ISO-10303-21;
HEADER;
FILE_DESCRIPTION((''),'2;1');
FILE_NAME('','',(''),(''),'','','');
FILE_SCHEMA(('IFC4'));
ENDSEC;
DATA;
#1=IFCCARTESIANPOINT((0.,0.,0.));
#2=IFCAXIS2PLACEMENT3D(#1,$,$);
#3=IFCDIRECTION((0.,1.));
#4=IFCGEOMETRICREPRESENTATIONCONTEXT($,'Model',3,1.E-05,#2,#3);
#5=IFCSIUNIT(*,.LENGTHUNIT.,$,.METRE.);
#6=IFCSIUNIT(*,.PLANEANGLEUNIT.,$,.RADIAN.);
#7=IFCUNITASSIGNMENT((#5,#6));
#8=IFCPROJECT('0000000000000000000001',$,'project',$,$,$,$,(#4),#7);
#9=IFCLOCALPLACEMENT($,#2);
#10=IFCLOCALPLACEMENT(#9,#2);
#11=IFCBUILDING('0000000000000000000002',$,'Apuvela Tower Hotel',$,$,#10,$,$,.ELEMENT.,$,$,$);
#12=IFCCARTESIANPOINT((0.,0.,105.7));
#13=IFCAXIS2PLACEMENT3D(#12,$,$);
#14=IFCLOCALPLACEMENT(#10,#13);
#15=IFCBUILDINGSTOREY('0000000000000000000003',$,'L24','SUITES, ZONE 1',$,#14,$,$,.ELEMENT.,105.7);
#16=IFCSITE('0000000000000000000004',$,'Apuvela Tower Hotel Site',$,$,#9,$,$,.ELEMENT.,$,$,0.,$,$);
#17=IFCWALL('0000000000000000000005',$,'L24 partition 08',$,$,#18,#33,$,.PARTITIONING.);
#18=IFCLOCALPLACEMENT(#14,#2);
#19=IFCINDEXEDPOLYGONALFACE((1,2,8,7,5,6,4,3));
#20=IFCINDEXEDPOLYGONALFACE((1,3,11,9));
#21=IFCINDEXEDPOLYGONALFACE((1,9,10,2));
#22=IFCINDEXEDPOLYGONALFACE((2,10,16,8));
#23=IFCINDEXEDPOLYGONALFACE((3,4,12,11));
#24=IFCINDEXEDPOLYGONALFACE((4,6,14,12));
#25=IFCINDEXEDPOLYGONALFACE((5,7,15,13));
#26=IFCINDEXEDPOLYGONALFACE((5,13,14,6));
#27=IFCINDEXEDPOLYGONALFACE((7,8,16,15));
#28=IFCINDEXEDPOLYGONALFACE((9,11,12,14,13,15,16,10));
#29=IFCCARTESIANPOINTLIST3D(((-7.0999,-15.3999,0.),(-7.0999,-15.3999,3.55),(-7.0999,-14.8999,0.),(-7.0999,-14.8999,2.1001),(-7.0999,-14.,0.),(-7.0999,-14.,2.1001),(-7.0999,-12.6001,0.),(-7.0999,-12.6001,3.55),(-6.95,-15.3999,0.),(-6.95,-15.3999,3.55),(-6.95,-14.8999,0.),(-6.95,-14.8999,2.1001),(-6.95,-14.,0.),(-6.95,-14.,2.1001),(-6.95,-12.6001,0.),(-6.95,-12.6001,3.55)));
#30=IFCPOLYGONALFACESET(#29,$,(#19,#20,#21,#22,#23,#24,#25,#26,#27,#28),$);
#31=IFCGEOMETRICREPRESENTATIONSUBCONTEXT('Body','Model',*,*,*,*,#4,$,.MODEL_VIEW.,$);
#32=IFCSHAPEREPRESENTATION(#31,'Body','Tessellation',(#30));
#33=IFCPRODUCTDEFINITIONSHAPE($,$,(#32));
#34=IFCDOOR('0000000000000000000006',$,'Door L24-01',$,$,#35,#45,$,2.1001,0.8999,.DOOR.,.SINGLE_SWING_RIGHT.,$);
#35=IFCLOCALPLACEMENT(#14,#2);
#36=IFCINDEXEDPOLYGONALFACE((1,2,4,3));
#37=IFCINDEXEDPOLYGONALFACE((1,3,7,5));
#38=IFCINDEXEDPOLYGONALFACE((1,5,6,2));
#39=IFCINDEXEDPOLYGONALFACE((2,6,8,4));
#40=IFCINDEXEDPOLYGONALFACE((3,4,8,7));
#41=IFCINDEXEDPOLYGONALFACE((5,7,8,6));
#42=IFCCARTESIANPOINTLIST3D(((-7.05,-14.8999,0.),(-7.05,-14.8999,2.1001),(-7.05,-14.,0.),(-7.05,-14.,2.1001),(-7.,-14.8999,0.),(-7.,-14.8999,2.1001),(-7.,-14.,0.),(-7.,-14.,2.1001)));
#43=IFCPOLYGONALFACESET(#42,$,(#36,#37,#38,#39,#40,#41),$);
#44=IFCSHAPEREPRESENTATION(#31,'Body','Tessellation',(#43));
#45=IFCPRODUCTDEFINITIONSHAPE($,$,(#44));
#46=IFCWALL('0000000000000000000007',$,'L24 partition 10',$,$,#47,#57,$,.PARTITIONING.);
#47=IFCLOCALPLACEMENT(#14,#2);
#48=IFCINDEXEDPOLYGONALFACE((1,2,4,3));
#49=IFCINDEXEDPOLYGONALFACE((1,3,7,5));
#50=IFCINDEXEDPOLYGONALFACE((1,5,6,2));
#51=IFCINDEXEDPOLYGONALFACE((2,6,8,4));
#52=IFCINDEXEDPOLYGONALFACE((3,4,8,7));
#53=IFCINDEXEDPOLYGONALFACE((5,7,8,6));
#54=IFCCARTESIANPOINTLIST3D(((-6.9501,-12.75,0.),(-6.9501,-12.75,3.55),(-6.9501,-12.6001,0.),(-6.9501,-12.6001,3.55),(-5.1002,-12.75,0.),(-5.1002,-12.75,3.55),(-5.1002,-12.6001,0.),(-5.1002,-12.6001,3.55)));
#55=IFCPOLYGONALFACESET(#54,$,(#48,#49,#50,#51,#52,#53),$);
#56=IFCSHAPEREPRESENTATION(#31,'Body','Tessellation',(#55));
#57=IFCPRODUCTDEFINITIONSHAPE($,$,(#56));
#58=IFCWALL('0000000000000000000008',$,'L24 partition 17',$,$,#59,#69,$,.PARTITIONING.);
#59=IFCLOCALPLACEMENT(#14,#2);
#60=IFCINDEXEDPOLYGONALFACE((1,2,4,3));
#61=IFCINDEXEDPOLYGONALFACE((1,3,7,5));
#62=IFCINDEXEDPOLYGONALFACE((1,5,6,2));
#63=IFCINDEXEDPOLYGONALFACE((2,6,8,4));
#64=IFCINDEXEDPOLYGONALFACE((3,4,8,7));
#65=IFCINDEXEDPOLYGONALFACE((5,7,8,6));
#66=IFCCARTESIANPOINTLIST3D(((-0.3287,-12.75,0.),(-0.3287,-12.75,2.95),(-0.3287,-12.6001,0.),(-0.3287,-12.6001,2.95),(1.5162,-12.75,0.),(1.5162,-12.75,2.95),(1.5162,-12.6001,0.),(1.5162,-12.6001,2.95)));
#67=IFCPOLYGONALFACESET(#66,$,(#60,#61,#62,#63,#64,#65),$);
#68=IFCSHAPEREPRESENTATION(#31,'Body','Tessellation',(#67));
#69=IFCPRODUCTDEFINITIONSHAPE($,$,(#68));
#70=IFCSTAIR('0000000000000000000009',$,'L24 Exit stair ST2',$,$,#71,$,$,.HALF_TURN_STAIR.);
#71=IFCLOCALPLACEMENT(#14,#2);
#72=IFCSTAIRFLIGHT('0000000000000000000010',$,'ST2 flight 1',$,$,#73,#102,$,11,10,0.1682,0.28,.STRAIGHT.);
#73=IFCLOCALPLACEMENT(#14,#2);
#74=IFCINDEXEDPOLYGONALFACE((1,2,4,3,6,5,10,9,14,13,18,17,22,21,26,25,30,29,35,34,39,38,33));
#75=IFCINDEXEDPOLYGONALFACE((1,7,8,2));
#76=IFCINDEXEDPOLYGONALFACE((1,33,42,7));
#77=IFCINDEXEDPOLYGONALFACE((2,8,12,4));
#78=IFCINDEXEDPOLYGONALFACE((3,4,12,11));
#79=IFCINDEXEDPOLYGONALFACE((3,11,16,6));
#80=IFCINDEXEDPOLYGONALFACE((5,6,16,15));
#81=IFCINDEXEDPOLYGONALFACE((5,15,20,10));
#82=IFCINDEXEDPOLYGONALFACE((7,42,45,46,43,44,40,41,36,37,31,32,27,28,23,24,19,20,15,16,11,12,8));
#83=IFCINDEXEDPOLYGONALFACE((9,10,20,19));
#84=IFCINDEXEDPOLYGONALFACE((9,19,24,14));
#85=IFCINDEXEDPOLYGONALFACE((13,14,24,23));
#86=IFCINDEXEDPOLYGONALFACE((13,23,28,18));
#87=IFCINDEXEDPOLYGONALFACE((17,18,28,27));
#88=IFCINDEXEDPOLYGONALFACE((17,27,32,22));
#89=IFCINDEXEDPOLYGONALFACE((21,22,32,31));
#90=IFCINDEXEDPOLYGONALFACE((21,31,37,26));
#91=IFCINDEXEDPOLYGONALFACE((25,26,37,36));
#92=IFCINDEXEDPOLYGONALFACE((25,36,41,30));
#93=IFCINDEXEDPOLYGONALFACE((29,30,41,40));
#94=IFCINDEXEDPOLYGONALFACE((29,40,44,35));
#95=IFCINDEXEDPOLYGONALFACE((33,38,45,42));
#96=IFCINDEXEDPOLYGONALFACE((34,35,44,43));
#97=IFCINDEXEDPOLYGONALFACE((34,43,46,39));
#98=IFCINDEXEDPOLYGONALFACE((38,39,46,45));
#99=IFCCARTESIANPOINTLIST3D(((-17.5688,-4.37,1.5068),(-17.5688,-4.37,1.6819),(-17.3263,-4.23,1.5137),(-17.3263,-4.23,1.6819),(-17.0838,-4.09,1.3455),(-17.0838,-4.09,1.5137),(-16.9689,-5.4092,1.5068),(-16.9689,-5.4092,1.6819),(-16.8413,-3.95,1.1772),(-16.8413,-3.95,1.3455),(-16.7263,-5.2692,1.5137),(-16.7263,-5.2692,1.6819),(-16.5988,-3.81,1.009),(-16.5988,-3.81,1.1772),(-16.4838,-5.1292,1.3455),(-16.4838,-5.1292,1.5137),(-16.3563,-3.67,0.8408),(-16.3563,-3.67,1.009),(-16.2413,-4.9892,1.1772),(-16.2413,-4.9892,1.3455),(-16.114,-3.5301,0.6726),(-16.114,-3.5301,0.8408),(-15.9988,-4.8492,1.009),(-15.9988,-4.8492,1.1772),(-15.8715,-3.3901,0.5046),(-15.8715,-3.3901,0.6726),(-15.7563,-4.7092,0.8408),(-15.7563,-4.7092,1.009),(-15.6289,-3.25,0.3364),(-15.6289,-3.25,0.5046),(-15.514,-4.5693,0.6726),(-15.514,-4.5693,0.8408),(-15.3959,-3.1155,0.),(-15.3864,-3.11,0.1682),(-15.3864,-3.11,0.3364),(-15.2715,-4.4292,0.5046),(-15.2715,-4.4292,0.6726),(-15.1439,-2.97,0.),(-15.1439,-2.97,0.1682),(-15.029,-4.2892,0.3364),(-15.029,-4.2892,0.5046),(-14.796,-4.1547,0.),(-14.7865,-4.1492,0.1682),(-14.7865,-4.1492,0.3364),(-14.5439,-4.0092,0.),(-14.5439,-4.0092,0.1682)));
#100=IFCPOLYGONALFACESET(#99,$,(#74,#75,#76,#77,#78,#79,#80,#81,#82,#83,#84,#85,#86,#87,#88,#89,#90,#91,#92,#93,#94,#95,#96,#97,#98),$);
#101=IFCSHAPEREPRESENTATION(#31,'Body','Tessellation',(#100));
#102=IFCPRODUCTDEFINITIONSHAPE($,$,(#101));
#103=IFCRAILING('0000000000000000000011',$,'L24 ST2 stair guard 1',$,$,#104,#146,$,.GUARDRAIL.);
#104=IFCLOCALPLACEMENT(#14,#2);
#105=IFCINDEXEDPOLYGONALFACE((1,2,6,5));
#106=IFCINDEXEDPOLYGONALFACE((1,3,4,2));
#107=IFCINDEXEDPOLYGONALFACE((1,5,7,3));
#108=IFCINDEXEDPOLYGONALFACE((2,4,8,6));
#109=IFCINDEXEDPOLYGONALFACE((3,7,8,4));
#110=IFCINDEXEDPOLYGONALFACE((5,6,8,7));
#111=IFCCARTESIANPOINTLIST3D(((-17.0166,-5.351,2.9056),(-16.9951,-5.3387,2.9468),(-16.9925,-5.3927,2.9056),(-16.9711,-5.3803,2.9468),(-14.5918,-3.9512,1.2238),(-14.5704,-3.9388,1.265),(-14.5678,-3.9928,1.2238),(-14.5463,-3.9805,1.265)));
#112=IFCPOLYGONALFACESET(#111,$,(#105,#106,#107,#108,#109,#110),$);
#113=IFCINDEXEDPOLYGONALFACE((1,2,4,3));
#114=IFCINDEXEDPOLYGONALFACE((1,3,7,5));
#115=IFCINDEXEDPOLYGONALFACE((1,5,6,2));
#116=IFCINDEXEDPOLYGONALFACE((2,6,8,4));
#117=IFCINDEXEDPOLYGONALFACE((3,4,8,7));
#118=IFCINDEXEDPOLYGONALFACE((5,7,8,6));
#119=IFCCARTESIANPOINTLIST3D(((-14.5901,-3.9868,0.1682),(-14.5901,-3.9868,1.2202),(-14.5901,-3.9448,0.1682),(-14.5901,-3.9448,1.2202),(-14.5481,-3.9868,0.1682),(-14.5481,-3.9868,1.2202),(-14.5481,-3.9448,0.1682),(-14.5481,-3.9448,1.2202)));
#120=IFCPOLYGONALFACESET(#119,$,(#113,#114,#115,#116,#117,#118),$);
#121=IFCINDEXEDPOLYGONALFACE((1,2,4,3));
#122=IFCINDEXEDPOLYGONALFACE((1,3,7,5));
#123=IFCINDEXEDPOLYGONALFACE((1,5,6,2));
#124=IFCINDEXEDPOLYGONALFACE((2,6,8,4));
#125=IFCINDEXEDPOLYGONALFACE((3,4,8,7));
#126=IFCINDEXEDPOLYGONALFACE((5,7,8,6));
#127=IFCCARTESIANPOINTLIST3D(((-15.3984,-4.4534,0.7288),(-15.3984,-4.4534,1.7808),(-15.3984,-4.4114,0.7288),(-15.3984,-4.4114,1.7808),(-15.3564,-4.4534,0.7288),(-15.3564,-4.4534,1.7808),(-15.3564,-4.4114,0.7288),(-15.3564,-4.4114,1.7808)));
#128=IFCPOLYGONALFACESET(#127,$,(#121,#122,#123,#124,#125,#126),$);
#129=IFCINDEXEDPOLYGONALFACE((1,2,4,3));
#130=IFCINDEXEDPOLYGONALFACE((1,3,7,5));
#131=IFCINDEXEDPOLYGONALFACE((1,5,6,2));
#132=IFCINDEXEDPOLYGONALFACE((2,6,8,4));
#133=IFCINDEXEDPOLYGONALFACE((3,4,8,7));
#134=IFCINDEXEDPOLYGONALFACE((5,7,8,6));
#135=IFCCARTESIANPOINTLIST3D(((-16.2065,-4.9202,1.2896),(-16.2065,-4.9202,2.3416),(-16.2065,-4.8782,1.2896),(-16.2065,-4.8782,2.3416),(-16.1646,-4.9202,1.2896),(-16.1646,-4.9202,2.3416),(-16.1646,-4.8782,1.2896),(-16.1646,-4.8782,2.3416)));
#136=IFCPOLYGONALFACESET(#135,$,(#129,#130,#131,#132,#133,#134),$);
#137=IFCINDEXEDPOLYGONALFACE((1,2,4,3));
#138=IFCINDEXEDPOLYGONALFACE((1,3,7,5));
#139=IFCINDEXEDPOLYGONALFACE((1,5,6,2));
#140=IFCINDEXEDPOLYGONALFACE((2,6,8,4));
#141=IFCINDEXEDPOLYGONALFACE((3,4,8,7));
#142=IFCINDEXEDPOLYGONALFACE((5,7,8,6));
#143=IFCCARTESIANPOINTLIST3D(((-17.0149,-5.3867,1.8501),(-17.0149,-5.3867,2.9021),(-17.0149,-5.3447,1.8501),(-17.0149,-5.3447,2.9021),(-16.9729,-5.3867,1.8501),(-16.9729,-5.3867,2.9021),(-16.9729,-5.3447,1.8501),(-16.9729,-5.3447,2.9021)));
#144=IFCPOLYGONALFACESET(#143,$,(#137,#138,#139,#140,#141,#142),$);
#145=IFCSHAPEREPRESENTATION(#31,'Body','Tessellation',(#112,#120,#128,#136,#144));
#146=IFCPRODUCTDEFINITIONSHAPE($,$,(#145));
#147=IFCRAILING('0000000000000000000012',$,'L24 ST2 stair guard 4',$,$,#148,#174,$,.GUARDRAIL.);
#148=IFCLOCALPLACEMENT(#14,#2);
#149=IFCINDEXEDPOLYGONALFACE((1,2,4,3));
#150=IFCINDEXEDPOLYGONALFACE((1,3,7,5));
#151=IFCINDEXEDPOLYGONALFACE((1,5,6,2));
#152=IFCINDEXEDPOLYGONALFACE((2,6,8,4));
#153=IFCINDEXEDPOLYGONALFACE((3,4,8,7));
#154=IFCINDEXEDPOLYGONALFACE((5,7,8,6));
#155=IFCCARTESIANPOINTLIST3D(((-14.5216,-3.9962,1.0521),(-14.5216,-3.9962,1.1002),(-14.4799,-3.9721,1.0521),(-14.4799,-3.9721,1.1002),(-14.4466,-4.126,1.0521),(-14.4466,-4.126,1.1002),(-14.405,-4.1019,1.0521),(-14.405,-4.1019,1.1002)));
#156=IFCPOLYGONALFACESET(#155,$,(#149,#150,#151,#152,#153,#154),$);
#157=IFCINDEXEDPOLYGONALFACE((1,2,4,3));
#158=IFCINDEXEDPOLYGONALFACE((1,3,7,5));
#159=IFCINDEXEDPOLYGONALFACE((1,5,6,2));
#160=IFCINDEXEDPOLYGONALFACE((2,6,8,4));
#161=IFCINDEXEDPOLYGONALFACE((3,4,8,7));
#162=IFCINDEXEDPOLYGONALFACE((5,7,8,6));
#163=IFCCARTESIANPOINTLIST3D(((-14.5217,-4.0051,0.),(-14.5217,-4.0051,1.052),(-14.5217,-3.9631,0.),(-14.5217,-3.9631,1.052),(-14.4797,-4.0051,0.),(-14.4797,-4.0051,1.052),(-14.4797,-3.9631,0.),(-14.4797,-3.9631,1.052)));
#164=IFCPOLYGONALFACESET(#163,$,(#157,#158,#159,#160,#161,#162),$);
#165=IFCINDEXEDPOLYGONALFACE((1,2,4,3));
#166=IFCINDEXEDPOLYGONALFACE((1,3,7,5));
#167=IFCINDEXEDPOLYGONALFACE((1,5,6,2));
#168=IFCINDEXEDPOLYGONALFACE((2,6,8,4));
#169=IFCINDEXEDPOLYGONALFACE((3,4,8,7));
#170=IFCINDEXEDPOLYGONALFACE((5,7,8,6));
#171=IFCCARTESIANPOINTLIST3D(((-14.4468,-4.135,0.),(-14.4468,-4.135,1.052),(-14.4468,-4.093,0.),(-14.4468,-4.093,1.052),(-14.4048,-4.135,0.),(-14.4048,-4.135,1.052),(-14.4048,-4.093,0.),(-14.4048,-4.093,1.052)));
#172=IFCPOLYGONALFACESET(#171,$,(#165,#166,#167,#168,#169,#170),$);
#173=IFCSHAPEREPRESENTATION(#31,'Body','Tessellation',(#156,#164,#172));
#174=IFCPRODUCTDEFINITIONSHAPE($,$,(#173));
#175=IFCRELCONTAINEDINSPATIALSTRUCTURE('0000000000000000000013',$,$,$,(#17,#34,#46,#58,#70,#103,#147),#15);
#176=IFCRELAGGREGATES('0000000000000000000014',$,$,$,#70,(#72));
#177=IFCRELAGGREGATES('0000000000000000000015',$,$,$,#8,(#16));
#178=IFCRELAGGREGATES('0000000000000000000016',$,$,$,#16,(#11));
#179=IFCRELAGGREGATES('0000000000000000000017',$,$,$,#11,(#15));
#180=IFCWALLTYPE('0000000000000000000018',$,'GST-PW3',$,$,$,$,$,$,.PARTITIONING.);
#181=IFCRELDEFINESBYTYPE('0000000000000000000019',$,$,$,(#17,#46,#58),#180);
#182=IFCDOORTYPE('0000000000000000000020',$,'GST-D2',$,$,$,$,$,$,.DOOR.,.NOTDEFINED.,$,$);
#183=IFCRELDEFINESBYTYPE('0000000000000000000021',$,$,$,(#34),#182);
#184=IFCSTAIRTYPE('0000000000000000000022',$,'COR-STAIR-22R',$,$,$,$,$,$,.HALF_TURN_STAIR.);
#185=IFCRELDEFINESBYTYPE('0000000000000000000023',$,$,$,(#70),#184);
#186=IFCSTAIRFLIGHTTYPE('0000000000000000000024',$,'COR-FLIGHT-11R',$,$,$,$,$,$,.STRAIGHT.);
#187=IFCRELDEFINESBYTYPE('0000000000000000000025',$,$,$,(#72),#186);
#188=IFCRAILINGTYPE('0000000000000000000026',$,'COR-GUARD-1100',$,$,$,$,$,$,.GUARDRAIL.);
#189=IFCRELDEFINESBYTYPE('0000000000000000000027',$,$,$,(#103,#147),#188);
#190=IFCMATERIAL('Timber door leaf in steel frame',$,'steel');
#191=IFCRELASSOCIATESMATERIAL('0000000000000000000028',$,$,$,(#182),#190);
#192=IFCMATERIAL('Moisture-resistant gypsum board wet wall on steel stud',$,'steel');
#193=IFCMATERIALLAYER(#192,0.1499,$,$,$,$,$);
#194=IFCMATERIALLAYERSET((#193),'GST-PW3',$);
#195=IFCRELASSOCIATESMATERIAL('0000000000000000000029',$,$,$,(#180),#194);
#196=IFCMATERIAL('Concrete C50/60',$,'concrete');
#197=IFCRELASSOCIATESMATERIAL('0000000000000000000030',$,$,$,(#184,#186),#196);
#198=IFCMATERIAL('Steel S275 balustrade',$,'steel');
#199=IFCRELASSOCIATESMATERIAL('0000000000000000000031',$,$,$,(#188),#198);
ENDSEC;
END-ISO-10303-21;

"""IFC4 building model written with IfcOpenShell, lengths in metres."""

from ifc_helpers import new_model, si_unit, direction, frame, frame_2d, origin, origin_2d, place, context, subcontext, project, spatial, polyline, rectangle, outline, extrude, material, layer, layer_set, type_object, element, fill, aggregate, save


model = new_model("IFC4")

# Units and contexts
model_context = context("Model", 3, precision=1e-05, world=origin(), true_north=direction((0.0, 1.0)))
body_context = subcontext(model_context, "Body", "Model", "MODEL_VIEW")
ifc_project = project(units=[si_unit("LENGTHUNIT", "METRE"), si_unit("PLANEANGLEUNIT", "RADIAN")], contexts=[model_context])

# Site, building, storey
site_placement = place(None, origin())
site = spatial("IfcSite", under=ifc_project, at=site_placement, Name="Apuvela Tower Hotel Site", CompositionType="ELEMENT", RefElevation=0.0)
building_placement = place(site_placement, origin())
building = spatial("IfcBuilding", under=site, at=building_placement, Name="Apuvela Tower Hotel", CompositionType="ELEMENT")
storey_placement = place(building_placement, frame((0.0, 0.0, 105.7)))
storey = spatial("IfcBuildingStorey", under=building, at=storey_placement, Name="L24", Description="SUITES, ZONE 1", CompositionType="ELEMENT", Elevation=105.7)

# Shared definitions
ifc_material_1 = material(Name="Concrete C50/60", Category="concrete")

# Wall, opening, door
ifc_material_2 = material(Name="Timber door leaf in steel frame", Category="steel")
door_type_1 = type_object("IfcDoorType", Name="GST-D2", OperationType="NOTDEFINED", PredefinedType="DOOR", material=ifc_material_2)
ifc_material_3 = material(Name="Moisture-resistant gypsum board wet wall on steel stud", Category="steel")
ifc_layer_1 = layer(ifc_material_3, 0.1499)
ifc_layer_set_1 = layer_set([ifc_layer_1], Name="GST-PW3")
wall_type_1 = type_object("IfcWallType", Name="GST-PW3", PredefinedType="PARTITIONING", material=ifc_layer_set_1)
wall_1_placement = place(storey_placement, frame((-7.0249, -12.6001, 0.0), z_axis=(0.0, 0.0, 1.0), x_axis=(0.0, -1.0, 0.0)))
wall_1 = element("IfcWall", 1, at=wall_1_placement, inside=storey, type_object=wall_type_1, Name="L24 partition 08", PredefinedType="PARTITIONING", context=body_context, shape_type="SweptSolid", body=[
    extrude(rectangle(XDim=2.7998, YDim=0.1499, at=frame_2d((1.3999, 0.0))), origin(), (0.0, 0.0, 1.0), 3.55),
])
opening_1_placement = place(wall_1_placement, frame((1.3999, 0.0, 0.0)))
opening_1 = element("IfcOpeningElement", 2, at=opening_1_placement, cuts=wall_1, PredefinedType="OPENING", context=body_context, shape_type="SweptSolid", body=[
    extrude(rectangle(XDim=0.8999, YDim=2.1001, at=frame_2d((0.45, 1.05))), frame((0.0, 0.085, 0.0), z_axis=(0.0, -1.0, 0.0), x_axis=(1.0, 0.0, 0.0)), (0.0, 0.0, 1.0), 0.1699),
])
door_1_placement = place(opening_1_placement, origin())
door_1 = element("IfcDoor", 3, at=door_1_placement, inside=storey, type_object=door_type_1, Name="Door L24-01", OperationType="SINGLE_SWING_RIGHT", OverallHeight=2.1001, OverallWidth=0.8999, PredefinedType="DOOR", context=body_context, shape_type="SweptSolid", body=[
    extrude(rectangle(XDim=0.8999, YDim=2.1001, at=frame_2d((0.45, 1.05))), frame((0.0, 0.0249, 0.0), z_axis=(0.0, -1.0, 0.0), x_axis=(1.0, 0.0, 0.0)), (0.0, 0.0, 1.0), 0.05),
])
fill(opening_1, door_1)

# Walls
wall_2_placement = place(storey_placement, frame((-6.95, -12.675, 0.0), z_axis=(0.0, 0.0, 1.0), x_axis=(1.0, 0.0, 0.0)))
element("IfcWall", 4, at=wall_2_placement, inside=storey, type_object=wall_type_1, Name="L24 partition 10", PredefinedType="PARTITIONING", context=body_context, shape_type="SweptSolid", body=[
    extrude(rectangle(XDim=1.8499, YDim=0.1499, at=frame_2d((0.9248, 0.0))), origin(), (0.0, 0.0, 1.0), 3.55),
])
wall_3_placement = place(storey_placement, frame((-0.3286, -12.675, 0.0), z_axis=(0.0, 0.0, 1.0), x_axis=(1.0, 0.0, 0.0)))
element("IfcWall", 5, at=wall_3_placement, inside=storey, type_object=wall_type_1, Name="L24 partition 17", PredefinedType="PARTITIONING", context=body_context, shape_type="SweptSolid", body=[
    extrude(rectangle(XDim=1.845, YDim=0.1499, at=frame_2d((0.9224, 0.0))), origin(), (0.0, 0.0, 1.0), 2.95),
])

# Stair, stair flight
stair_type = type_object("IfcStairType", Name="COR-STAIR-22R", PredefinedType="HALF_TURN_STAIR", material=ifc_material_1)
stair_placement = place(storey_placement, origin())
stair = element("IfcStair", 6, at=stair_placement, inside=storey, type_object=stair_type, Name="L24 Exit stair ST2", PredefinedType="HALF_TURN_STAIR")
stair_flight_type = type_object("IfcStairFlightType", Name="COR-FLIGHT-11R", PredefinedType="STRAIGHT", material=ifc_material_1)
stair_flight_placement = place(storey_placement, frame((-14.844, -3.4895, 0.0), z_axis=(0.0, 0.0, 1.0), x_axis=(-0.866025, -0.5, 0.0)))
stair_flight = element("IfcStairFlight", 7, at=stair_flight_placement, type_object=stair_flight_type, Name="ST2 flight 1", NumberOfRisers=11, NumberOfTreads=10, PredefinedType="STRAIGHT", RiserHeight=0.1682, TreadLength=0.28, context=body_context, shape_type="SweptSolid", body=[
    extrude(outline(polyline([(0.0, 0.0), (0.0, 0.1682), (0.28, 0.1682), (0.28, 0.3364), (0.5601, 0.3364), (0.5601, 0.5046), (0.8401, 0.5046), (0.8401, 0.6726), (1.1201, 0.6726), (1.1201, 0.8408), (1.3999, 0.8408), (1.3999, 1.009), (1.6799, 1.009), (1.6799, 1.1772), (1.96, 1.1772), (1.96, 1.3455), (2.24, 1.3455), (2.24, 1.5137), (2.52, 1.5137), (2.52, 1.6819), (2.8, 1.6819), (2.8, 1.8501), (2.8, 1.5068), (0.291, 0.0), (0.0, 0.0)])), frame((0.0, 0.6001, 0.0), z_axis=(0.0, -1.0, 0.0), x_axis=(1.0, 0.0, 0.0)), (0.0, 0.0, 1.0), 1.2),
])
aggregate(stair, [stair_flight])

# Railings
ifc_material_4 = material(Name="Steel S275 balustrade", Category="steel")
railing_type = type_object("IfcRailingType", Name="COR-GUARD-1100", PredefinedType="GUARDRAIL", material=ifc_material_4)
railing_1_placement = place(storey_placement, frame((-14.5691, -3.9658, 0.1682)))
element("IfcRailing", 8, at=railing_1_placement, inside=storey, type_object=railing_type, Name="L24 ST2 stair guard 1", PredefinedType="GUARDRAIL", context=body_context, shape_type="SweptSolid", body=[
    extrude(rectangle(XDim=0.0481, YDim=0.0481, at=origin_2d()), frame((0.0, 0.0, 1.0762), z_axis=(-0.74239, -0.428601, 0.514934), x_axis=(0.499984, -0.866035, 0.0)), (0.0, 0.0, 1.0), 3.2661),
    extrude(rectangle(XDim=0.042, YDim=0.042, at=origin_2d()), origin(), (0.0, 0.0, 1.0), 1.052),
    extrude(rectangle(XDim=0.042, YDim=0.042, at=origin_2d()), frame((-0.8083, -0.4666, 0.5605)), (0.0, 0.0, 1.0), 1.052),
    extrude(rectangle(XDim=0.042, YDim=0.042, at=origin_2d()), frame((-1.6165, -0.9333, 1.1213)), (0.0, 0.0, 1.0), 1.052),
    extrude(rectangle(XDim=0.042, YDim=0.042, at=origin_2d()), frame((-2.4248, -1.3999, 1.6819)), (0.0, 0.0, 1.0), 1.052),
])
railing_2_placement = place(storey_placement, frame((-14.5007, -3.9841, 0.0)))
element("IfcRailing", 9, at=railing_2_placement, inside=storey, type_object=railing_type, Name="L24 ST2 stair guard 4", PredefinedType="GUARDRAIL", context=body_context, shape_type="SweptSolid", body=[
    extrude(rectangle(XDim=0.0481, YDim=0.0481, at=origin_2d()), frame((0.0, 0.0, 1.0762), z_axis=(0.499816, -0.866131, 0.0), x_axis=(0.866131, 0.499816, 0.0)), (0.0, 0.0, 1.0), 0.1499),
    extrude(rectangle(XDim=0.042, YDim=0.042, at=origin_2d()), origin(), (0.0, 0.0, 1.0), 1.052),
    extrude(rectangle(XDim=0.042, YDim=0.042, at=origin_2d()), frame((0.075, -0.1299, 0.0)), (0.0, 0.0, 1.0), 1.052),
])

save(model, "model.ifc")
